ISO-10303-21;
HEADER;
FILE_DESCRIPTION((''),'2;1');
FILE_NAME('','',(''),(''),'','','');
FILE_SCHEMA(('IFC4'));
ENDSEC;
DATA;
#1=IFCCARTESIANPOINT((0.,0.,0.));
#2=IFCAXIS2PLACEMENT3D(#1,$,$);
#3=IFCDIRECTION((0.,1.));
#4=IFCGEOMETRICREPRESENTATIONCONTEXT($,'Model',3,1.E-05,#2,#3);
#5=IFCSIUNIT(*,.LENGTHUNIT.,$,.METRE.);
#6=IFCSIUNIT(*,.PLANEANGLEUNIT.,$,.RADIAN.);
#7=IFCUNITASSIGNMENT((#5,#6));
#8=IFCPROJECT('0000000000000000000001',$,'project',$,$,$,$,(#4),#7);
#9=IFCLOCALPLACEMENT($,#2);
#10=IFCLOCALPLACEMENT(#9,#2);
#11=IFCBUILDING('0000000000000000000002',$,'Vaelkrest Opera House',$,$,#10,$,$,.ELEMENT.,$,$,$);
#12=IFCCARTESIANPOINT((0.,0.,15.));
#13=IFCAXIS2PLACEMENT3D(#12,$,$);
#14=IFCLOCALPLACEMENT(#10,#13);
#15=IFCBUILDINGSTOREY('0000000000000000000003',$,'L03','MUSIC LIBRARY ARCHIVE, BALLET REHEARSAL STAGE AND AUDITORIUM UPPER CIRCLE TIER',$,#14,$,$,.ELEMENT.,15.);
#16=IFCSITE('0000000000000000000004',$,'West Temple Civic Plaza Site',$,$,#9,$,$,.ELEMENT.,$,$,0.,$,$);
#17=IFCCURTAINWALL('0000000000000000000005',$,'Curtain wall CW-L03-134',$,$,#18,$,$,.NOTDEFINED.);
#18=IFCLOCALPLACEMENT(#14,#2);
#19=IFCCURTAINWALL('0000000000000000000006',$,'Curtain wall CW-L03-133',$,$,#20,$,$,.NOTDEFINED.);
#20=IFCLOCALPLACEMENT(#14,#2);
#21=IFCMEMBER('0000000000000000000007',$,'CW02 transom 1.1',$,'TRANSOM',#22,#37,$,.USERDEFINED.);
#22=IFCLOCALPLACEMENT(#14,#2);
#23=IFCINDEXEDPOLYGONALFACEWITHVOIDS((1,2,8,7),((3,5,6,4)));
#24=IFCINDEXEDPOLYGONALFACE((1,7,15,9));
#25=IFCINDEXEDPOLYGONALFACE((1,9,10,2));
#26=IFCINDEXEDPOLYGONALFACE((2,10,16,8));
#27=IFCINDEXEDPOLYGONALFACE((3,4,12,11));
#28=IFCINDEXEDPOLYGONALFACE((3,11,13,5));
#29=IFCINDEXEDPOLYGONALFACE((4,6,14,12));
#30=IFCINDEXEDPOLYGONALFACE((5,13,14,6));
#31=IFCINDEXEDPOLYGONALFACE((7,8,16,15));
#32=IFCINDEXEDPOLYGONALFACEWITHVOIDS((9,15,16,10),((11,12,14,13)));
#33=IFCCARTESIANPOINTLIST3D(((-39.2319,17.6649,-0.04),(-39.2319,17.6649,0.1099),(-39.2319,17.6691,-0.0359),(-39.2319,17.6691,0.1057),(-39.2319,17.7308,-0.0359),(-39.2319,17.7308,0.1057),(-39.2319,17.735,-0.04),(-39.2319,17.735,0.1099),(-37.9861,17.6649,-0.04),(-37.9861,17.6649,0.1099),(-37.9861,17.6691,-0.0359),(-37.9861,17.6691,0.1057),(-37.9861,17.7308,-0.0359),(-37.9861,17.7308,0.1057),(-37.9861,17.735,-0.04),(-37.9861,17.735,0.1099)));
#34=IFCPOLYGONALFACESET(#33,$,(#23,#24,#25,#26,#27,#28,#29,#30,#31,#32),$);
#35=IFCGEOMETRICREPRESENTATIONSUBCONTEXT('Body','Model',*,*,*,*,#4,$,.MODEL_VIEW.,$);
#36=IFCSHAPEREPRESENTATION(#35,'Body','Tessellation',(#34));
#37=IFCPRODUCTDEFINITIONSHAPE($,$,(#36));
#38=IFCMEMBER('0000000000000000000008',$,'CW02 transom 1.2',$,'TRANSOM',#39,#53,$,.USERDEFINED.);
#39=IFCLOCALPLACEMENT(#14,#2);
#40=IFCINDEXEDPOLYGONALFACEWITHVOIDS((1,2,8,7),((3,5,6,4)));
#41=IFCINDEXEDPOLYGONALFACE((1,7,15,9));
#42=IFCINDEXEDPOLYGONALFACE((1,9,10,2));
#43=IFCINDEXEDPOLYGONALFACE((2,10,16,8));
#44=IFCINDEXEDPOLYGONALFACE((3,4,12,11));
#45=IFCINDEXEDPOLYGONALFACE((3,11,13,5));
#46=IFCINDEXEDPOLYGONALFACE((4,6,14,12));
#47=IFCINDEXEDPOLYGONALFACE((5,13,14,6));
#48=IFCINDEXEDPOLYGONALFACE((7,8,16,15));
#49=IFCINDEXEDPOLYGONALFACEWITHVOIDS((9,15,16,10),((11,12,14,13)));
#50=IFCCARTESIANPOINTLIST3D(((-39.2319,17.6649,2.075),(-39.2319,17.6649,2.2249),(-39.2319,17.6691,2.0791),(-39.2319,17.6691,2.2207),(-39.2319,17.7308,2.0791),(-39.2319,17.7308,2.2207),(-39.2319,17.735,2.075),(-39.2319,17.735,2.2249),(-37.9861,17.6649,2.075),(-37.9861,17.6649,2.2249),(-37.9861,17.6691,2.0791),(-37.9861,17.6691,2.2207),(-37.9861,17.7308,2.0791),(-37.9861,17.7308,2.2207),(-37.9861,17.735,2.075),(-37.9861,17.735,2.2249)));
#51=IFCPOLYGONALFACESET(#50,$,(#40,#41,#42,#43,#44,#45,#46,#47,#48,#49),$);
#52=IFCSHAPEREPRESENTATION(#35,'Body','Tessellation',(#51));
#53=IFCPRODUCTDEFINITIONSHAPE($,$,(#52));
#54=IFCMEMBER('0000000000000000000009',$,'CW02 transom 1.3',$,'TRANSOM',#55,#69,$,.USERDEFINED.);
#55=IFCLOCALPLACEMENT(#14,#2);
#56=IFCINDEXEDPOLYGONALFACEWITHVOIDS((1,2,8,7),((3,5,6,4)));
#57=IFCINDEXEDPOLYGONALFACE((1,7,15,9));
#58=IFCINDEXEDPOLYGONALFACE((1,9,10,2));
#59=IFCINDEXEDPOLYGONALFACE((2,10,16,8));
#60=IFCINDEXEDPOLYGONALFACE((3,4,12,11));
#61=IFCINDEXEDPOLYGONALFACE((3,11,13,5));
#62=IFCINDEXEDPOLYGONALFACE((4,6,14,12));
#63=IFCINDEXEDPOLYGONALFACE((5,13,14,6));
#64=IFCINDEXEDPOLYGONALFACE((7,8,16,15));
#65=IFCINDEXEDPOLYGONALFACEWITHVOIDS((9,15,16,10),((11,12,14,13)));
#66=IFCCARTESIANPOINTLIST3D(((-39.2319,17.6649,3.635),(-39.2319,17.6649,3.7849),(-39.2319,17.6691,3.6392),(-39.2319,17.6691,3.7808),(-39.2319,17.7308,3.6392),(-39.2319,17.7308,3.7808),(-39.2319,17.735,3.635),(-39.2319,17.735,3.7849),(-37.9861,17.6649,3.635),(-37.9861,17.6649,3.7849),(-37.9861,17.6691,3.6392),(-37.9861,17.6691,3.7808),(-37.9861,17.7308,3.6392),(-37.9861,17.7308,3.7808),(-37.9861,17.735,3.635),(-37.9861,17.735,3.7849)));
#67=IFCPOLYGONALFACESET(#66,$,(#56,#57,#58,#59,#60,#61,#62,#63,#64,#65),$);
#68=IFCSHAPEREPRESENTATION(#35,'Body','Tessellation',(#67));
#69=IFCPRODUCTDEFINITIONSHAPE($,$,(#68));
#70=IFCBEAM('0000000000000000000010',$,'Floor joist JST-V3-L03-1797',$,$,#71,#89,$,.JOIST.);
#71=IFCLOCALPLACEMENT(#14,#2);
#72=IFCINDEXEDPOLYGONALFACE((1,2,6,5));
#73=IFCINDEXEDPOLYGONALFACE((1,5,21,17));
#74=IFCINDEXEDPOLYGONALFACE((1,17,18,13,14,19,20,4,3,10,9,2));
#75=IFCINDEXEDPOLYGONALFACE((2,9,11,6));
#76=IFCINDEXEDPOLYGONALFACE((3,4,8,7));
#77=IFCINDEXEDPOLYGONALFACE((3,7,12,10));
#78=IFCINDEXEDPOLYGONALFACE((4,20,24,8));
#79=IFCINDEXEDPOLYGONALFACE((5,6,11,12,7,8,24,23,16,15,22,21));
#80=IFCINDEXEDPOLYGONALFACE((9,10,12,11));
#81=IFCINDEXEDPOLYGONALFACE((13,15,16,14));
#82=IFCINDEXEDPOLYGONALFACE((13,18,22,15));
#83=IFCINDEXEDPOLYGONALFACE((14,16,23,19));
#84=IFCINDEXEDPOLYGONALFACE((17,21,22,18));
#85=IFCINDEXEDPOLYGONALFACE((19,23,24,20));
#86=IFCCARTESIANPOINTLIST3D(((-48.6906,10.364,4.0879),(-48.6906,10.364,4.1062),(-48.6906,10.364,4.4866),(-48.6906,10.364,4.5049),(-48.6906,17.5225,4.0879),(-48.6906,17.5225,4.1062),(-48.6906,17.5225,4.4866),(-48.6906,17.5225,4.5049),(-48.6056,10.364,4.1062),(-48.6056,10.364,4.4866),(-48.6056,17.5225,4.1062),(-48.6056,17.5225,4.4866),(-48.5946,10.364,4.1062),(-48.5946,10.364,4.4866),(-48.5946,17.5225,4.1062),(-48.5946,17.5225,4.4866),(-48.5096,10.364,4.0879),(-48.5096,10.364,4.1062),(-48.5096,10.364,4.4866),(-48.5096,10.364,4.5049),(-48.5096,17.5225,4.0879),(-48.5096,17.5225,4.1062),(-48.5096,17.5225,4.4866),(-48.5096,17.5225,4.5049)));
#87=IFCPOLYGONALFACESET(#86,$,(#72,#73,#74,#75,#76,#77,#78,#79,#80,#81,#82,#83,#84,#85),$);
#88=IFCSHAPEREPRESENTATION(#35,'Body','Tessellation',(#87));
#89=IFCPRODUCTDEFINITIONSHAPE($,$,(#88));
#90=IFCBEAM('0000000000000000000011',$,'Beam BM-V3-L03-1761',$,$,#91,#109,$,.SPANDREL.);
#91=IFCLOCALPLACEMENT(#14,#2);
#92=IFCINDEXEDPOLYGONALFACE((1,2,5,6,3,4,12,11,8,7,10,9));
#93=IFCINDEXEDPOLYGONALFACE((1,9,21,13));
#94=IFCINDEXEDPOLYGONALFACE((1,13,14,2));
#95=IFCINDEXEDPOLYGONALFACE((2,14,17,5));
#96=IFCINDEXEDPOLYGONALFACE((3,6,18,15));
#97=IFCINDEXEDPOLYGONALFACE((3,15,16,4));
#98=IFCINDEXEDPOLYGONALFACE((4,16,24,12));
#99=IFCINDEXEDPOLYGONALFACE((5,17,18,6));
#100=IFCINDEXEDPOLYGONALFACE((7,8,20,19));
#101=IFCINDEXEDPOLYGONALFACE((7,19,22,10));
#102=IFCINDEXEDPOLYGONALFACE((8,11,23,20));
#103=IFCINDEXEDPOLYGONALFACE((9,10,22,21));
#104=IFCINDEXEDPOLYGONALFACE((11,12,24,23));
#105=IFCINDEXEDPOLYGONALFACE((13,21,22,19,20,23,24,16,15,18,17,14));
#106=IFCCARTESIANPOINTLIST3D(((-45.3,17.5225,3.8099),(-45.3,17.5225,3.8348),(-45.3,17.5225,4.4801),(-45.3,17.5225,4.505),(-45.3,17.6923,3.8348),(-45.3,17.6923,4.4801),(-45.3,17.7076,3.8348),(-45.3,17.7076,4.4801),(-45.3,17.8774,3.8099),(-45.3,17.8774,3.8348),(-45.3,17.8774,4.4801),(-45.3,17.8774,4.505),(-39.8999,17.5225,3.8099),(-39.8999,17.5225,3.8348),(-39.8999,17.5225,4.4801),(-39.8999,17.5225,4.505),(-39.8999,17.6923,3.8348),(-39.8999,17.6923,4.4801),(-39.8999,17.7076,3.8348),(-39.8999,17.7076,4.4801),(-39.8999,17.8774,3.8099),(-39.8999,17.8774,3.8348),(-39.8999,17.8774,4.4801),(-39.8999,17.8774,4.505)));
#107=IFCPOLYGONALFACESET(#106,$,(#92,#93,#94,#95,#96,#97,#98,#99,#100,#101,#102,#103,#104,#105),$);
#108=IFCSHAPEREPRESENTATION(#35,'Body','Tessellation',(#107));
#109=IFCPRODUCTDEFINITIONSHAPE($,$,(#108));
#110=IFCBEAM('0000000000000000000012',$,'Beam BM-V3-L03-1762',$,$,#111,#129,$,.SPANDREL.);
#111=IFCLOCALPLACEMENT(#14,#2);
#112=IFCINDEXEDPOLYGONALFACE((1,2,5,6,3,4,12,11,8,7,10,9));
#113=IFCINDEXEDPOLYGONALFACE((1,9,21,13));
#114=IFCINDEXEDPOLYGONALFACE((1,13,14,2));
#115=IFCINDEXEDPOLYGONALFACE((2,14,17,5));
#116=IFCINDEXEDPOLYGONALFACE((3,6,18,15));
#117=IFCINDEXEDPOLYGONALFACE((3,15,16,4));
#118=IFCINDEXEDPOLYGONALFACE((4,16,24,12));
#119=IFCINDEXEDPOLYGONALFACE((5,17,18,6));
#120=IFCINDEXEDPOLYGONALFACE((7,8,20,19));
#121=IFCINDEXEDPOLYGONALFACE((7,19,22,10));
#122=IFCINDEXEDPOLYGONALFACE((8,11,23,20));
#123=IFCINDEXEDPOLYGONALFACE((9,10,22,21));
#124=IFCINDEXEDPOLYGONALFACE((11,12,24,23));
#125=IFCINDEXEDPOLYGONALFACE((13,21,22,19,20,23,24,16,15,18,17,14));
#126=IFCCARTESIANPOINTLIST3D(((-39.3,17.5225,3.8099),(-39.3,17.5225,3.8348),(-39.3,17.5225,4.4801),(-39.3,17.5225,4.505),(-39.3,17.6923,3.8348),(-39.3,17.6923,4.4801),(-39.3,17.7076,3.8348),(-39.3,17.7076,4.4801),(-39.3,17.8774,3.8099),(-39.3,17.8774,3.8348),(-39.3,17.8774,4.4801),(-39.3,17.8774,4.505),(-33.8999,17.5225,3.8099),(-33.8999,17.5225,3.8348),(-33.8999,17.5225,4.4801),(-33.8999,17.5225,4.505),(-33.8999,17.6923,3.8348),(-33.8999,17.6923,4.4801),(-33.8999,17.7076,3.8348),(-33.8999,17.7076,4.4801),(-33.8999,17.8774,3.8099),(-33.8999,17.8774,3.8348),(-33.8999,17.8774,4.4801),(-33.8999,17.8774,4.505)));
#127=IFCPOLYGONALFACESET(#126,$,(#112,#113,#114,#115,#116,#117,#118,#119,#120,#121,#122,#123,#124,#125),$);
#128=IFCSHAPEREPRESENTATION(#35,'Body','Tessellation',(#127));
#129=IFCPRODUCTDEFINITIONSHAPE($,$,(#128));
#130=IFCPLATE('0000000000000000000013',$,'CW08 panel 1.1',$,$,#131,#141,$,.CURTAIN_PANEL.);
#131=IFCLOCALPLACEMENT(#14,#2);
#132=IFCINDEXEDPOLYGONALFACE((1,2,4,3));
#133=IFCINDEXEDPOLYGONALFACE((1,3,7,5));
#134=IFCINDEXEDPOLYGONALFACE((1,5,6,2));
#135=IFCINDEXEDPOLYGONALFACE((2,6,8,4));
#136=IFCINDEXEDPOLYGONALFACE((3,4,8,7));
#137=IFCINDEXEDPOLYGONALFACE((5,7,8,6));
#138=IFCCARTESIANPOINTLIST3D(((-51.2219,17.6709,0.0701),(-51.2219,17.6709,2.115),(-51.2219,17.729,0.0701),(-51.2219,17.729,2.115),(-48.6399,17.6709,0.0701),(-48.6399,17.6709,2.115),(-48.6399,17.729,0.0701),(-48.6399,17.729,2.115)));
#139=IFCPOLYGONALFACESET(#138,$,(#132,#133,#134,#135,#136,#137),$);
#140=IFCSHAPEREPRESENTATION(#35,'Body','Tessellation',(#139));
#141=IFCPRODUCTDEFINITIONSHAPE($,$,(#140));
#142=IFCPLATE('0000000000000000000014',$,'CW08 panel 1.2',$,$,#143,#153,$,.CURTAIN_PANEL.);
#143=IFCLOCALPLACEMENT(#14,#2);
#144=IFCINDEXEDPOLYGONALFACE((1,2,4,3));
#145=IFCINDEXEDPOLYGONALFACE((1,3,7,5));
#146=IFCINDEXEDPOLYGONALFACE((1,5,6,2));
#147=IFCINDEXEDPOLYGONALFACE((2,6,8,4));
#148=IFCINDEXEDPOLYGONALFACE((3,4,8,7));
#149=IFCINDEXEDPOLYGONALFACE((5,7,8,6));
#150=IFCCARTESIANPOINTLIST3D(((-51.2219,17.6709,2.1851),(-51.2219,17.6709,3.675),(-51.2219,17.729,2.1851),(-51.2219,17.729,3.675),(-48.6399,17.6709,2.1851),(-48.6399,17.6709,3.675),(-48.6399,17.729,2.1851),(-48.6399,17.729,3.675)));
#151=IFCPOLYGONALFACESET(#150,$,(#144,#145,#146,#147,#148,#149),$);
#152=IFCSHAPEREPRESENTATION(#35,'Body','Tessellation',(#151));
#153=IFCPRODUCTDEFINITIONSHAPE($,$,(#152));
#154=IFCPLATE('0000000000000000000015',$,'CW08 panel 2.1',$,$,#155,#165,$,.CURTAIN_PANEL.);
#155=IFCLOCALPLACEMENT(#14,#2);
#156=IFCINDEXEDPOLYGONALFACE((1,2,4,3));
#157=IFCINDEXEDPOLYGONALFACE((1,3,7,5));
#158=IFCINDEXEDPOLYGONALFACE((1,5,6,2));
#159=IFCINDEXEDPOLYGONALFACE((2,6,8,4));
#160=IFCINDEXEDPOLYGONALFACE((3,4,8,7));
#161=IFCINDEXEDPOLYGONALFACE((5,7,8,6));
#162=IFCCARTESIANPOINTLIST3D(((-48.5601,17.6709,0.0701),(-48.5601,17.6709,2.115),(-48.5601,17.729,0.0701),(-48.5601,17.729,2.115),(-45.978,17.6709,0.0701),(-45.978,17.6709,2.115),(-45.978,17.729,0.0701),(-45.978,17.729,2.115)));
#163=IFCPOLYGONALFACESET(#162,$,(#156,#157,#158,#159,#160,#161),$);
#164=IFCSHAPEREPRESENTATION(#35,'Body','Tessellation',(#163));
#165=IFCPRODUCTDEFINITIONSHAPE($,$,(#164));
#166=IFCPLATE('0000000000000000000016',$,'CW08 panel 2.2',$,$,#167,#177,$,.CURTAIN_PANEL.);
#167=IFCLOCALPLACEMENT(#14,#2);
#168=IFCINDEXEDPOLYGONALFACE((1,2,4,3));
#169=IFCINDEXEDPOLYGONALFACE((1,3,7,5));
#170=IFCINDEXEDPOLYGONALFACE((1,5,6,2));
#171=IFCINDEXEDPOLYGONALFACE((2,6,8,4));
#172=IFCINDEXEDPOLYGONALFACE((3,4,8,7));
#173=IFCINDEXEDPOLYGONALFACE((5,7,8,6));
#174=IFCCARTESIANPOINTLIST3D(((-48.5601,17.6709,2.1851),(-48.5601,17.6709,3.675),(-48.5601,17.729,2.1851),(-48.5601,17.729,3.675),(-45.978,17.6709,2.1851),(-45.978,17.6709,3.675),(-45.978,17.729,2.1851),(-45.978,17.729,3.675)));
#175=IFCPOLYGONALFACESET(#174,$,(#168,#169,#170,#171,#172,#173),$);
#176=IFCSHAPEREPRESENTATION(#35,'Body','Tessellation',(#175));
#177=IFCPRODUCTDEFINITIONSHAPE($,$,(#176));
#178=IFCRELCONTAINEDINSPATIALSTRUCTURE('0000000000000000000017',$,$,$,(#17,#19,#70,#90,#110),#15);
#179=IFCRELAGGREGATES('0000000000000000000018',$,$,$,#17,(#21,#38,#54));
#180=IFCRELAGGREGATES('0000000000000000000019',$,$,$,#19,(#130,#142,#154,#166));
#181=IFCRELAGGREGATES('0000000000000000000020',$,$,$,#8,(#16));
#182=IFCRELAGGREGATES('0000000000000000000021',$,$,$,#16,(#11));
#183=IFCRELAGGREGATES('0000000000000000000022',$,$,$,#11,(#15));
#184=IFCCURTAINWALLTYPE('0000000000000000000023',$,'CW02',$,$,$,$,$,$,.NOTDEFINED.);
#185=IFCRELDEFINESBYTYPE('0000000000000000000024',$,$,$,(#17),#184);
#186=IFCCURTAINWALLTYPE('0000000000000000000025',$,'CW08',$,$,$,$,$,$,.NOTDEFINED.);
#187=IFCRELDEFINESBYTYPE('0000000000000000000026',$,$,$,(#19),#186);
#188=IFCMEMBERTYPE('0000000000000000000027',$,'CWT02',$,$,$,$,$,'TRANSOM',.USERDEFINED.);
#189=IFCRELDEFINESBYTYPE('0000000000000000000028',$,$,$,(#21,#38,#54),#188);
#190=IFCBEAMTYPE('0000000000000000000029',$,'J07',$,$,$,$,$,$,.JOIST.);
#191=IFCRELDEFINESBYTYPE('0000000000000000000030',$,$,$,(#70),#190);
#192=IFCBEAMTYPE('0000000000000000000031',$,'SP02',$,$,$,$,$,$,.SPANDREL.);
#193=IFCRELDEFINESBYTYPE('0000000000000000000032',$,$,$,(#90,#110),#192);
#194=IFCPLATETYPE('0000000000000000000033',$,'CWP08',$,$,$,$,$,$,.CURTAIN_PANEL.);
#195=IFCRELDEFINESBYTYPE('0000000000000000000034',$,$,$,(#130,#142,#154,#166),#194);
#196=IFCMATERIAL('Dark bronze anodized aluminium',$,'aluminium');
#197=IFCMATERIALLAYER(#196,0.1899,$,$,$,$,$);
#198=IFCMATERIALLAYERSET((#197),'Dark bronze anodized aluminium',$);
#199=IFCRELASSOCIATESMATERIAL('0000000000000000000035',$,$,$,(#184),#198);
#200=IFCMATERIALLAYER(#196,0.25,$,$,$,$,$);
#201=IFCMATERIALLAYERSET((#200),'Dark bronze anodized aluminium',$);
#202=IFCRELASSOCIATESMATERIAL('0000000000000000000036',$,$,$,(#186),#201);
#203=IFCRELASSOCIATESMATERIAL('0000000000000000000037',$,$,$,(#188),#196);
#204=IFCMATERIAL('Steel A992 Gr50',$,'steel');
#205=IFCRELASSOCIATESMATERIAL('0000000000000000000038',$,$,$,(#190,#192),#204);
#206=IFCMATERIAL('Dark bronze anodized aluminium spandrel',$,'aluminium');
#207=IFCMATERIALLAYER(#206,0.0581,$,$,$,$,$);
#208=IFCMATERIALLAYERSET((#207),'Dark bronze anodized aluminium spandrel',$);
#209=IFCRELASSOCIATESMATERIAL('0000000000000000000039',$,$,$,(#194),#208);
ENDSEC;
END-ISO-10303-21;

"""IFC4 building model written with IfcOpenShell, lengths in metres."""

from ifc_helpers import new_model, si_unit, direction, frame, origin, origin_2d, place, context, subcontext, project, spatial, rectangle, hollow_rectangle, i_section, extrude, material, layer, layer_set, material_profile, profile_set, type_object, element, aggregate, save


model = new_model("IFC4")

# Units and contexts
model_context = context("Model", 3, precision=1e-05, world=origin(), true_north=direction((0.0, 1.0)))
body_context = subcontext(model_context, "Body", "Model", "MODEL_VIEW")
ifc_project = project(units=[si_unit("LENGTHUNIT", "METRE"), si_unit("PLANEANGLEUNIT", "RADIAN")], contexts=[model_context])

# Site, building, storey
site_placement = place(None, origin())
site = spatial("IfcSite", under=ifc_project, at=site_placement, Name="West Temple Civic Plaza Site", CompositionType="ELEMENT", RefElevation=0.0)
building_placement = place(site_placement, origin())
building = spatial("IfcBuilding", under=site, at=building_placement, Name="Vaelkrest Opera House", CompositionType="ELEMENT")
storey_placement = place(building_placement, frame((0.0, 0.0, 15.0)))
storey = spatial("IfcBuildingStorey", under=building, at=storey_placement, Name="L03", Description="MUSIC LIBRARY ARCHIVE, BALLET REHEARSAL STAGE AND AUDITORIUM UPPER CIRCLE TIER", CompositionType="ELEMENT", Elevation=15.0)

# Curtain wall
ifc_material_1 = material(Name="Dark bronze anodized aluminium", Category="aluminium")
ifc_layer_1 = layer(ifc_material_1, 0.1899)
ifc_layer_set_1 = layer_set([ifc_layer_1], Name="Dark bronze anodized aluminium")
curtain_wall_type_1 = type_object("IfcCurtainWallType", Name="CW02", PredefinedType="NOTDEFINED", material=ifc_layer_set_1)
curtain_wall_1_placement = place(storey_placement, origin())
curtain_wall_1 = element("IfcCurtainWall", 1, at=curtain_wall_1_placement, inside=storey, type_object=curtain_wall_type_1, Name="Curtain wall CW-L03-134", PredefinedType="NOTDEFINED")

# Curtain wall
ifc_layer_2 = layer(ifc_material_1, 0.25)
ifc_layer_set_2 = layer_set([ifc_layer_2], Name="Dark bronze anodized aluminium")
curtain_wall_type_2 = type_object("IfcCurtainWallType", Name="CW08", PredefinedType="NOTDEFINED", material=ifc_layer_set_2)
curtain_wall_2_placement = place(storey_placement, origin())
curtain_wall_2 = element("IfcCurtainWall", 2, at=curtain_wall_2_placement, inside=storey, type_object=curtain_wall_type_2, Name="Curtain wall CW-L03-133", PredefinedType="NOTDEFINED")
ifc_material_profile_1 = material_profile(ifc_material_1, hollow_rectangle(XDim=0.0701, YDim=0.1499, WallThickness=0.0042, at=origin_2d()), Name="CWT70X150")
ifc_profile_set_1 = profile_set([ifc_material_profile_1], Name="Dark bronze anodized aluminium")
member_type_1 = type_object("IfcMemberType", Name="CWT02", ElementType="TRANSOM", PredefinedType="USERDEFINED", material=ifc_profile_set_1)

# Members
member_1_placement = place(storey_placement, frame((-39.2319, 17.7, 0.0349), z_axis=(1.0, 0.0, 0.0), x_axis=(0.0, 1.0, 0.0)))
member_1 = element("IfcMember", 3, at=member_1_placement, type_object=member_type_1, Name="CW02 transom 1.1", ObjectType="TRANSOM", PredefinedType="USERDEFINED", context=body_context, shape_type="SweptSolid", body=[
    extrude(hollow_rectangle(XDim=0.0701, YDim=0.1499, WallThickness=0.0042, at=origin_2d()), origin(), (0.0, 0.0, 1.0), 1.2458),
])
member_2_placement = place(storey_placement, frame((-39.2319, 17.7, 2.1499), z_axis=(1.0, 0.0, 0.0), x_axis=(0.0, 1.0, 0.0)))
member_2 = element("IfcMember", 4, at=member_2_placement, type_object=member_type_1, Name="CW02 transom 1.2", ObjectType="TRANSOM", PredefinedType="USERDEFINED", context=body_context, shape_type="SweptSolid", body=[
    extrude(hollow_rectangle(XDim=0.0701, YDim=0.1499, WallThickness=0.0042, at=origin_2d()), origin(), (0.0, 0.0, 1.0), 1.2458),
])
member_3_placement = place(storey_placement, frame((-39.2319, 17.7, 3.71), z_axis=(1.0, 0.0, 0.0), x_axis=(0.0, 1.0, 0.0)))
member_3 = element("IfcMember", 5, at=member_3_placement, type_object=member_type_1, Name="CW02 transom 1.3", ObjectType="TRANSOM", PredefinedType="USERDEFINED", context=body_context, shape_type="SweptSolid", body=[
    extrude(hollow_rectangle(XDim=0.0701, YDim=0.1499, WallThickness=0.0042, at=origin_2d()), origin(), (0.0, 0.0, 1.0), 1.2458),
])
aggregate(curtain_wall_1, [member_1, member_2, member_3])

# Beams
ifc_material_2 = material(Name="Steel A992 Gr50", Category="steel")
ifc_material_profile_2 = material_profile(ifc_material_2, i_section(OverallWidth=0.1809, OverallDepth=0.417, WebThickness=0.011, FlangeThickness=0.0183, at=origin_2d()), Name="W16X57")
ifc_profile_set_2 = profile_set([ifc_material_profile_2], Name="Steel A992 Gr50")
beam_type_1 = type_object("IfcBeamType", Name="J07", PredefinedType="JOIST", material=ifc_profile_set_2)
beam_placement = place(storey_placement, frame((-48.6001, 10.364, 4.2964), z_axis=(0.0, 1.0, 0.0), x_axis=(-1.0, 0.0, 0.0)))
element("IfcBeam", 6, at=beam_placement, inside=storey, type_object=beam_type_1, Name="Floor joist JST-V3-L03-1797", PredefinedType="JOIST", context=body_context, shape_type="SweptSolid", body=[
    extrude(i_section(OverallWidth=0.1809, OverallDepth=0.417, WebThickness=0.011, FlangeThickness=0.0183, at=origin_2d()), origin(), (0.0, 0.0, 1.0), 7.1584),
])
ifc_material_profile_3 = material_profile(ifc_material_2, i_section(OverallWidth=0.355, OverallDepth=0.6951, WebThickness=0.0154, FlangeThickness=0.0249, at=origin_2d()), Name="W27X146")
ifc_profile_set_3 = profile_set([ifc_material_profile_3], Name="Steel A992 Gr50")
beam_type_2 = type_object("IfcBeamType", Name="SP02", PredefinedType="SPANDREL", material=ifc_profile_set_3)
for number, where, z_axis, x_axis, name in (
    (7, (-45.3, 17.7, 4.1575), (1.0, 0.0, 0.0), (0.0, 1.0, 0.0), "Beam BM-V3-L03-1761"),
    (8, (-39.3, 17.7, 4.1575), (1.0, 0.0, 0.0), (0.0, 1.0, 0.0), "Beam BM-V3-L03-1762"),
):
    element("IfcBeam", number, at=place(storey_placement, frame(where, z_axis=z_axis, x_axis=x_axis)), inside=storey, type_object=beam_type_2, Name=name, PredefinedType="SPANDREL", context=body_context, shape_type="SweptSolid", body=[
        extrude(i_section(OverallWidth=0.355, OverallDepth=0.6951, WebThickness=0.0154, FlangeThickness=0.0249, at=origin_2d()), origin(), (0.0, 0.0, 1.0), 5.4001),
    ])

# Plates
ifc_material_3 = material(Name="Dark bronze anodized aluminium spandrel", Category="aluminium")
ifc_layer_3 = layer(ifc_material_3, 0.0581)
ifc_layer_set_3 = layer_set([ifc_layer_3], Name="Dark bronze anodized aluminium spandrel")
plate_type = type_object("IfcPlateType", Name="CWP08", PredefinedType="CURTAIN_PANEL", material=ifc_layer_set_3)
plate_1_placement = place(storey_placement, frame((-49.9309, 17.7, 0.0701), z_axis=(0.0, 0.0, 1.0), x_axis=(1.0, 0.0, 0.0)))
plate_1 = element("IfcPlate", 9, at=plate_1_placement, type_object=plate_type, Name="CW08 panel 1.1", PredefinedType="CURTAIN_PANEL", context=body_context, shape_type="SweptSolid", body=[
    extrude(rectangle(XDim=2.582, YDim=0.0581, at=origin_2d()), origin(), (0.0, 0.0, 1.0), 2.0449),
])
plate_2_placement = place(storey_placement, frame((-49.9309, 17.7, 2.1851), z_axis=(0.0, 0.0, 1.0), x_axis=(1.0, 0.0, 0.0)))
plate_2 = element("IfcPlate", 10, at=plate_2_placement, type_object=plate_type, Name="CW08 panel 1.2", PredefinedType="CURTAIN_PANEL", context=body_context, shape_type="SweptSolid", body=[
    extrude(rectangle(XDim=2.582, YDim=0.0581, at=origin_2d()), origin(), (0.0, 0.0, 1.0), 1.49),
])
plate_3_placement = place(storey_placement, frame((-47.269, 17.7, 0.0701), z_axis=(0.0, 0.0, 1.0), x_axis=(1.0, 0.0, 0.0)))
plate_3 = element("IfcPlate", 11, at=plate_3_placement, type_object=plate_type, Name="CW08 panel 2.1", PredefinedType="CURTAIN_PANEL", context=body_context, shape_type="SweptSolid", body=[
    extrude(rectangle(XDim=2.582, YDim=0.0581, at=origin_2d()), origin(), (0.0, 0.0, 1.0), 2.0449),
])
plate_4_placement = place(storey_placement, frame((-47.269, 17.7, 2.1851), z_axis=(0.0, 0.0, 1.0), x_axis=(1.0, 0.0, 0.0)))
plate_4 = element("IfcPlate", 12, at=plate_4_placement, type_object=plate_type, Name="CW08 panel 2.2", PredefinedType="CURTAIN_PANEL", context=body_context, shape_type="SweptSolid", body=[
    extrude(rectangle(XDim=2.582, YDim=0.0581, at=origin_2d()), origin(), (0.0, 0.0, 1.0), 1.49),
])
aggregate(curtain_wall_2, [plate_1, plate_2, plate_3, plate_4])

save(model, "model.ifc")
